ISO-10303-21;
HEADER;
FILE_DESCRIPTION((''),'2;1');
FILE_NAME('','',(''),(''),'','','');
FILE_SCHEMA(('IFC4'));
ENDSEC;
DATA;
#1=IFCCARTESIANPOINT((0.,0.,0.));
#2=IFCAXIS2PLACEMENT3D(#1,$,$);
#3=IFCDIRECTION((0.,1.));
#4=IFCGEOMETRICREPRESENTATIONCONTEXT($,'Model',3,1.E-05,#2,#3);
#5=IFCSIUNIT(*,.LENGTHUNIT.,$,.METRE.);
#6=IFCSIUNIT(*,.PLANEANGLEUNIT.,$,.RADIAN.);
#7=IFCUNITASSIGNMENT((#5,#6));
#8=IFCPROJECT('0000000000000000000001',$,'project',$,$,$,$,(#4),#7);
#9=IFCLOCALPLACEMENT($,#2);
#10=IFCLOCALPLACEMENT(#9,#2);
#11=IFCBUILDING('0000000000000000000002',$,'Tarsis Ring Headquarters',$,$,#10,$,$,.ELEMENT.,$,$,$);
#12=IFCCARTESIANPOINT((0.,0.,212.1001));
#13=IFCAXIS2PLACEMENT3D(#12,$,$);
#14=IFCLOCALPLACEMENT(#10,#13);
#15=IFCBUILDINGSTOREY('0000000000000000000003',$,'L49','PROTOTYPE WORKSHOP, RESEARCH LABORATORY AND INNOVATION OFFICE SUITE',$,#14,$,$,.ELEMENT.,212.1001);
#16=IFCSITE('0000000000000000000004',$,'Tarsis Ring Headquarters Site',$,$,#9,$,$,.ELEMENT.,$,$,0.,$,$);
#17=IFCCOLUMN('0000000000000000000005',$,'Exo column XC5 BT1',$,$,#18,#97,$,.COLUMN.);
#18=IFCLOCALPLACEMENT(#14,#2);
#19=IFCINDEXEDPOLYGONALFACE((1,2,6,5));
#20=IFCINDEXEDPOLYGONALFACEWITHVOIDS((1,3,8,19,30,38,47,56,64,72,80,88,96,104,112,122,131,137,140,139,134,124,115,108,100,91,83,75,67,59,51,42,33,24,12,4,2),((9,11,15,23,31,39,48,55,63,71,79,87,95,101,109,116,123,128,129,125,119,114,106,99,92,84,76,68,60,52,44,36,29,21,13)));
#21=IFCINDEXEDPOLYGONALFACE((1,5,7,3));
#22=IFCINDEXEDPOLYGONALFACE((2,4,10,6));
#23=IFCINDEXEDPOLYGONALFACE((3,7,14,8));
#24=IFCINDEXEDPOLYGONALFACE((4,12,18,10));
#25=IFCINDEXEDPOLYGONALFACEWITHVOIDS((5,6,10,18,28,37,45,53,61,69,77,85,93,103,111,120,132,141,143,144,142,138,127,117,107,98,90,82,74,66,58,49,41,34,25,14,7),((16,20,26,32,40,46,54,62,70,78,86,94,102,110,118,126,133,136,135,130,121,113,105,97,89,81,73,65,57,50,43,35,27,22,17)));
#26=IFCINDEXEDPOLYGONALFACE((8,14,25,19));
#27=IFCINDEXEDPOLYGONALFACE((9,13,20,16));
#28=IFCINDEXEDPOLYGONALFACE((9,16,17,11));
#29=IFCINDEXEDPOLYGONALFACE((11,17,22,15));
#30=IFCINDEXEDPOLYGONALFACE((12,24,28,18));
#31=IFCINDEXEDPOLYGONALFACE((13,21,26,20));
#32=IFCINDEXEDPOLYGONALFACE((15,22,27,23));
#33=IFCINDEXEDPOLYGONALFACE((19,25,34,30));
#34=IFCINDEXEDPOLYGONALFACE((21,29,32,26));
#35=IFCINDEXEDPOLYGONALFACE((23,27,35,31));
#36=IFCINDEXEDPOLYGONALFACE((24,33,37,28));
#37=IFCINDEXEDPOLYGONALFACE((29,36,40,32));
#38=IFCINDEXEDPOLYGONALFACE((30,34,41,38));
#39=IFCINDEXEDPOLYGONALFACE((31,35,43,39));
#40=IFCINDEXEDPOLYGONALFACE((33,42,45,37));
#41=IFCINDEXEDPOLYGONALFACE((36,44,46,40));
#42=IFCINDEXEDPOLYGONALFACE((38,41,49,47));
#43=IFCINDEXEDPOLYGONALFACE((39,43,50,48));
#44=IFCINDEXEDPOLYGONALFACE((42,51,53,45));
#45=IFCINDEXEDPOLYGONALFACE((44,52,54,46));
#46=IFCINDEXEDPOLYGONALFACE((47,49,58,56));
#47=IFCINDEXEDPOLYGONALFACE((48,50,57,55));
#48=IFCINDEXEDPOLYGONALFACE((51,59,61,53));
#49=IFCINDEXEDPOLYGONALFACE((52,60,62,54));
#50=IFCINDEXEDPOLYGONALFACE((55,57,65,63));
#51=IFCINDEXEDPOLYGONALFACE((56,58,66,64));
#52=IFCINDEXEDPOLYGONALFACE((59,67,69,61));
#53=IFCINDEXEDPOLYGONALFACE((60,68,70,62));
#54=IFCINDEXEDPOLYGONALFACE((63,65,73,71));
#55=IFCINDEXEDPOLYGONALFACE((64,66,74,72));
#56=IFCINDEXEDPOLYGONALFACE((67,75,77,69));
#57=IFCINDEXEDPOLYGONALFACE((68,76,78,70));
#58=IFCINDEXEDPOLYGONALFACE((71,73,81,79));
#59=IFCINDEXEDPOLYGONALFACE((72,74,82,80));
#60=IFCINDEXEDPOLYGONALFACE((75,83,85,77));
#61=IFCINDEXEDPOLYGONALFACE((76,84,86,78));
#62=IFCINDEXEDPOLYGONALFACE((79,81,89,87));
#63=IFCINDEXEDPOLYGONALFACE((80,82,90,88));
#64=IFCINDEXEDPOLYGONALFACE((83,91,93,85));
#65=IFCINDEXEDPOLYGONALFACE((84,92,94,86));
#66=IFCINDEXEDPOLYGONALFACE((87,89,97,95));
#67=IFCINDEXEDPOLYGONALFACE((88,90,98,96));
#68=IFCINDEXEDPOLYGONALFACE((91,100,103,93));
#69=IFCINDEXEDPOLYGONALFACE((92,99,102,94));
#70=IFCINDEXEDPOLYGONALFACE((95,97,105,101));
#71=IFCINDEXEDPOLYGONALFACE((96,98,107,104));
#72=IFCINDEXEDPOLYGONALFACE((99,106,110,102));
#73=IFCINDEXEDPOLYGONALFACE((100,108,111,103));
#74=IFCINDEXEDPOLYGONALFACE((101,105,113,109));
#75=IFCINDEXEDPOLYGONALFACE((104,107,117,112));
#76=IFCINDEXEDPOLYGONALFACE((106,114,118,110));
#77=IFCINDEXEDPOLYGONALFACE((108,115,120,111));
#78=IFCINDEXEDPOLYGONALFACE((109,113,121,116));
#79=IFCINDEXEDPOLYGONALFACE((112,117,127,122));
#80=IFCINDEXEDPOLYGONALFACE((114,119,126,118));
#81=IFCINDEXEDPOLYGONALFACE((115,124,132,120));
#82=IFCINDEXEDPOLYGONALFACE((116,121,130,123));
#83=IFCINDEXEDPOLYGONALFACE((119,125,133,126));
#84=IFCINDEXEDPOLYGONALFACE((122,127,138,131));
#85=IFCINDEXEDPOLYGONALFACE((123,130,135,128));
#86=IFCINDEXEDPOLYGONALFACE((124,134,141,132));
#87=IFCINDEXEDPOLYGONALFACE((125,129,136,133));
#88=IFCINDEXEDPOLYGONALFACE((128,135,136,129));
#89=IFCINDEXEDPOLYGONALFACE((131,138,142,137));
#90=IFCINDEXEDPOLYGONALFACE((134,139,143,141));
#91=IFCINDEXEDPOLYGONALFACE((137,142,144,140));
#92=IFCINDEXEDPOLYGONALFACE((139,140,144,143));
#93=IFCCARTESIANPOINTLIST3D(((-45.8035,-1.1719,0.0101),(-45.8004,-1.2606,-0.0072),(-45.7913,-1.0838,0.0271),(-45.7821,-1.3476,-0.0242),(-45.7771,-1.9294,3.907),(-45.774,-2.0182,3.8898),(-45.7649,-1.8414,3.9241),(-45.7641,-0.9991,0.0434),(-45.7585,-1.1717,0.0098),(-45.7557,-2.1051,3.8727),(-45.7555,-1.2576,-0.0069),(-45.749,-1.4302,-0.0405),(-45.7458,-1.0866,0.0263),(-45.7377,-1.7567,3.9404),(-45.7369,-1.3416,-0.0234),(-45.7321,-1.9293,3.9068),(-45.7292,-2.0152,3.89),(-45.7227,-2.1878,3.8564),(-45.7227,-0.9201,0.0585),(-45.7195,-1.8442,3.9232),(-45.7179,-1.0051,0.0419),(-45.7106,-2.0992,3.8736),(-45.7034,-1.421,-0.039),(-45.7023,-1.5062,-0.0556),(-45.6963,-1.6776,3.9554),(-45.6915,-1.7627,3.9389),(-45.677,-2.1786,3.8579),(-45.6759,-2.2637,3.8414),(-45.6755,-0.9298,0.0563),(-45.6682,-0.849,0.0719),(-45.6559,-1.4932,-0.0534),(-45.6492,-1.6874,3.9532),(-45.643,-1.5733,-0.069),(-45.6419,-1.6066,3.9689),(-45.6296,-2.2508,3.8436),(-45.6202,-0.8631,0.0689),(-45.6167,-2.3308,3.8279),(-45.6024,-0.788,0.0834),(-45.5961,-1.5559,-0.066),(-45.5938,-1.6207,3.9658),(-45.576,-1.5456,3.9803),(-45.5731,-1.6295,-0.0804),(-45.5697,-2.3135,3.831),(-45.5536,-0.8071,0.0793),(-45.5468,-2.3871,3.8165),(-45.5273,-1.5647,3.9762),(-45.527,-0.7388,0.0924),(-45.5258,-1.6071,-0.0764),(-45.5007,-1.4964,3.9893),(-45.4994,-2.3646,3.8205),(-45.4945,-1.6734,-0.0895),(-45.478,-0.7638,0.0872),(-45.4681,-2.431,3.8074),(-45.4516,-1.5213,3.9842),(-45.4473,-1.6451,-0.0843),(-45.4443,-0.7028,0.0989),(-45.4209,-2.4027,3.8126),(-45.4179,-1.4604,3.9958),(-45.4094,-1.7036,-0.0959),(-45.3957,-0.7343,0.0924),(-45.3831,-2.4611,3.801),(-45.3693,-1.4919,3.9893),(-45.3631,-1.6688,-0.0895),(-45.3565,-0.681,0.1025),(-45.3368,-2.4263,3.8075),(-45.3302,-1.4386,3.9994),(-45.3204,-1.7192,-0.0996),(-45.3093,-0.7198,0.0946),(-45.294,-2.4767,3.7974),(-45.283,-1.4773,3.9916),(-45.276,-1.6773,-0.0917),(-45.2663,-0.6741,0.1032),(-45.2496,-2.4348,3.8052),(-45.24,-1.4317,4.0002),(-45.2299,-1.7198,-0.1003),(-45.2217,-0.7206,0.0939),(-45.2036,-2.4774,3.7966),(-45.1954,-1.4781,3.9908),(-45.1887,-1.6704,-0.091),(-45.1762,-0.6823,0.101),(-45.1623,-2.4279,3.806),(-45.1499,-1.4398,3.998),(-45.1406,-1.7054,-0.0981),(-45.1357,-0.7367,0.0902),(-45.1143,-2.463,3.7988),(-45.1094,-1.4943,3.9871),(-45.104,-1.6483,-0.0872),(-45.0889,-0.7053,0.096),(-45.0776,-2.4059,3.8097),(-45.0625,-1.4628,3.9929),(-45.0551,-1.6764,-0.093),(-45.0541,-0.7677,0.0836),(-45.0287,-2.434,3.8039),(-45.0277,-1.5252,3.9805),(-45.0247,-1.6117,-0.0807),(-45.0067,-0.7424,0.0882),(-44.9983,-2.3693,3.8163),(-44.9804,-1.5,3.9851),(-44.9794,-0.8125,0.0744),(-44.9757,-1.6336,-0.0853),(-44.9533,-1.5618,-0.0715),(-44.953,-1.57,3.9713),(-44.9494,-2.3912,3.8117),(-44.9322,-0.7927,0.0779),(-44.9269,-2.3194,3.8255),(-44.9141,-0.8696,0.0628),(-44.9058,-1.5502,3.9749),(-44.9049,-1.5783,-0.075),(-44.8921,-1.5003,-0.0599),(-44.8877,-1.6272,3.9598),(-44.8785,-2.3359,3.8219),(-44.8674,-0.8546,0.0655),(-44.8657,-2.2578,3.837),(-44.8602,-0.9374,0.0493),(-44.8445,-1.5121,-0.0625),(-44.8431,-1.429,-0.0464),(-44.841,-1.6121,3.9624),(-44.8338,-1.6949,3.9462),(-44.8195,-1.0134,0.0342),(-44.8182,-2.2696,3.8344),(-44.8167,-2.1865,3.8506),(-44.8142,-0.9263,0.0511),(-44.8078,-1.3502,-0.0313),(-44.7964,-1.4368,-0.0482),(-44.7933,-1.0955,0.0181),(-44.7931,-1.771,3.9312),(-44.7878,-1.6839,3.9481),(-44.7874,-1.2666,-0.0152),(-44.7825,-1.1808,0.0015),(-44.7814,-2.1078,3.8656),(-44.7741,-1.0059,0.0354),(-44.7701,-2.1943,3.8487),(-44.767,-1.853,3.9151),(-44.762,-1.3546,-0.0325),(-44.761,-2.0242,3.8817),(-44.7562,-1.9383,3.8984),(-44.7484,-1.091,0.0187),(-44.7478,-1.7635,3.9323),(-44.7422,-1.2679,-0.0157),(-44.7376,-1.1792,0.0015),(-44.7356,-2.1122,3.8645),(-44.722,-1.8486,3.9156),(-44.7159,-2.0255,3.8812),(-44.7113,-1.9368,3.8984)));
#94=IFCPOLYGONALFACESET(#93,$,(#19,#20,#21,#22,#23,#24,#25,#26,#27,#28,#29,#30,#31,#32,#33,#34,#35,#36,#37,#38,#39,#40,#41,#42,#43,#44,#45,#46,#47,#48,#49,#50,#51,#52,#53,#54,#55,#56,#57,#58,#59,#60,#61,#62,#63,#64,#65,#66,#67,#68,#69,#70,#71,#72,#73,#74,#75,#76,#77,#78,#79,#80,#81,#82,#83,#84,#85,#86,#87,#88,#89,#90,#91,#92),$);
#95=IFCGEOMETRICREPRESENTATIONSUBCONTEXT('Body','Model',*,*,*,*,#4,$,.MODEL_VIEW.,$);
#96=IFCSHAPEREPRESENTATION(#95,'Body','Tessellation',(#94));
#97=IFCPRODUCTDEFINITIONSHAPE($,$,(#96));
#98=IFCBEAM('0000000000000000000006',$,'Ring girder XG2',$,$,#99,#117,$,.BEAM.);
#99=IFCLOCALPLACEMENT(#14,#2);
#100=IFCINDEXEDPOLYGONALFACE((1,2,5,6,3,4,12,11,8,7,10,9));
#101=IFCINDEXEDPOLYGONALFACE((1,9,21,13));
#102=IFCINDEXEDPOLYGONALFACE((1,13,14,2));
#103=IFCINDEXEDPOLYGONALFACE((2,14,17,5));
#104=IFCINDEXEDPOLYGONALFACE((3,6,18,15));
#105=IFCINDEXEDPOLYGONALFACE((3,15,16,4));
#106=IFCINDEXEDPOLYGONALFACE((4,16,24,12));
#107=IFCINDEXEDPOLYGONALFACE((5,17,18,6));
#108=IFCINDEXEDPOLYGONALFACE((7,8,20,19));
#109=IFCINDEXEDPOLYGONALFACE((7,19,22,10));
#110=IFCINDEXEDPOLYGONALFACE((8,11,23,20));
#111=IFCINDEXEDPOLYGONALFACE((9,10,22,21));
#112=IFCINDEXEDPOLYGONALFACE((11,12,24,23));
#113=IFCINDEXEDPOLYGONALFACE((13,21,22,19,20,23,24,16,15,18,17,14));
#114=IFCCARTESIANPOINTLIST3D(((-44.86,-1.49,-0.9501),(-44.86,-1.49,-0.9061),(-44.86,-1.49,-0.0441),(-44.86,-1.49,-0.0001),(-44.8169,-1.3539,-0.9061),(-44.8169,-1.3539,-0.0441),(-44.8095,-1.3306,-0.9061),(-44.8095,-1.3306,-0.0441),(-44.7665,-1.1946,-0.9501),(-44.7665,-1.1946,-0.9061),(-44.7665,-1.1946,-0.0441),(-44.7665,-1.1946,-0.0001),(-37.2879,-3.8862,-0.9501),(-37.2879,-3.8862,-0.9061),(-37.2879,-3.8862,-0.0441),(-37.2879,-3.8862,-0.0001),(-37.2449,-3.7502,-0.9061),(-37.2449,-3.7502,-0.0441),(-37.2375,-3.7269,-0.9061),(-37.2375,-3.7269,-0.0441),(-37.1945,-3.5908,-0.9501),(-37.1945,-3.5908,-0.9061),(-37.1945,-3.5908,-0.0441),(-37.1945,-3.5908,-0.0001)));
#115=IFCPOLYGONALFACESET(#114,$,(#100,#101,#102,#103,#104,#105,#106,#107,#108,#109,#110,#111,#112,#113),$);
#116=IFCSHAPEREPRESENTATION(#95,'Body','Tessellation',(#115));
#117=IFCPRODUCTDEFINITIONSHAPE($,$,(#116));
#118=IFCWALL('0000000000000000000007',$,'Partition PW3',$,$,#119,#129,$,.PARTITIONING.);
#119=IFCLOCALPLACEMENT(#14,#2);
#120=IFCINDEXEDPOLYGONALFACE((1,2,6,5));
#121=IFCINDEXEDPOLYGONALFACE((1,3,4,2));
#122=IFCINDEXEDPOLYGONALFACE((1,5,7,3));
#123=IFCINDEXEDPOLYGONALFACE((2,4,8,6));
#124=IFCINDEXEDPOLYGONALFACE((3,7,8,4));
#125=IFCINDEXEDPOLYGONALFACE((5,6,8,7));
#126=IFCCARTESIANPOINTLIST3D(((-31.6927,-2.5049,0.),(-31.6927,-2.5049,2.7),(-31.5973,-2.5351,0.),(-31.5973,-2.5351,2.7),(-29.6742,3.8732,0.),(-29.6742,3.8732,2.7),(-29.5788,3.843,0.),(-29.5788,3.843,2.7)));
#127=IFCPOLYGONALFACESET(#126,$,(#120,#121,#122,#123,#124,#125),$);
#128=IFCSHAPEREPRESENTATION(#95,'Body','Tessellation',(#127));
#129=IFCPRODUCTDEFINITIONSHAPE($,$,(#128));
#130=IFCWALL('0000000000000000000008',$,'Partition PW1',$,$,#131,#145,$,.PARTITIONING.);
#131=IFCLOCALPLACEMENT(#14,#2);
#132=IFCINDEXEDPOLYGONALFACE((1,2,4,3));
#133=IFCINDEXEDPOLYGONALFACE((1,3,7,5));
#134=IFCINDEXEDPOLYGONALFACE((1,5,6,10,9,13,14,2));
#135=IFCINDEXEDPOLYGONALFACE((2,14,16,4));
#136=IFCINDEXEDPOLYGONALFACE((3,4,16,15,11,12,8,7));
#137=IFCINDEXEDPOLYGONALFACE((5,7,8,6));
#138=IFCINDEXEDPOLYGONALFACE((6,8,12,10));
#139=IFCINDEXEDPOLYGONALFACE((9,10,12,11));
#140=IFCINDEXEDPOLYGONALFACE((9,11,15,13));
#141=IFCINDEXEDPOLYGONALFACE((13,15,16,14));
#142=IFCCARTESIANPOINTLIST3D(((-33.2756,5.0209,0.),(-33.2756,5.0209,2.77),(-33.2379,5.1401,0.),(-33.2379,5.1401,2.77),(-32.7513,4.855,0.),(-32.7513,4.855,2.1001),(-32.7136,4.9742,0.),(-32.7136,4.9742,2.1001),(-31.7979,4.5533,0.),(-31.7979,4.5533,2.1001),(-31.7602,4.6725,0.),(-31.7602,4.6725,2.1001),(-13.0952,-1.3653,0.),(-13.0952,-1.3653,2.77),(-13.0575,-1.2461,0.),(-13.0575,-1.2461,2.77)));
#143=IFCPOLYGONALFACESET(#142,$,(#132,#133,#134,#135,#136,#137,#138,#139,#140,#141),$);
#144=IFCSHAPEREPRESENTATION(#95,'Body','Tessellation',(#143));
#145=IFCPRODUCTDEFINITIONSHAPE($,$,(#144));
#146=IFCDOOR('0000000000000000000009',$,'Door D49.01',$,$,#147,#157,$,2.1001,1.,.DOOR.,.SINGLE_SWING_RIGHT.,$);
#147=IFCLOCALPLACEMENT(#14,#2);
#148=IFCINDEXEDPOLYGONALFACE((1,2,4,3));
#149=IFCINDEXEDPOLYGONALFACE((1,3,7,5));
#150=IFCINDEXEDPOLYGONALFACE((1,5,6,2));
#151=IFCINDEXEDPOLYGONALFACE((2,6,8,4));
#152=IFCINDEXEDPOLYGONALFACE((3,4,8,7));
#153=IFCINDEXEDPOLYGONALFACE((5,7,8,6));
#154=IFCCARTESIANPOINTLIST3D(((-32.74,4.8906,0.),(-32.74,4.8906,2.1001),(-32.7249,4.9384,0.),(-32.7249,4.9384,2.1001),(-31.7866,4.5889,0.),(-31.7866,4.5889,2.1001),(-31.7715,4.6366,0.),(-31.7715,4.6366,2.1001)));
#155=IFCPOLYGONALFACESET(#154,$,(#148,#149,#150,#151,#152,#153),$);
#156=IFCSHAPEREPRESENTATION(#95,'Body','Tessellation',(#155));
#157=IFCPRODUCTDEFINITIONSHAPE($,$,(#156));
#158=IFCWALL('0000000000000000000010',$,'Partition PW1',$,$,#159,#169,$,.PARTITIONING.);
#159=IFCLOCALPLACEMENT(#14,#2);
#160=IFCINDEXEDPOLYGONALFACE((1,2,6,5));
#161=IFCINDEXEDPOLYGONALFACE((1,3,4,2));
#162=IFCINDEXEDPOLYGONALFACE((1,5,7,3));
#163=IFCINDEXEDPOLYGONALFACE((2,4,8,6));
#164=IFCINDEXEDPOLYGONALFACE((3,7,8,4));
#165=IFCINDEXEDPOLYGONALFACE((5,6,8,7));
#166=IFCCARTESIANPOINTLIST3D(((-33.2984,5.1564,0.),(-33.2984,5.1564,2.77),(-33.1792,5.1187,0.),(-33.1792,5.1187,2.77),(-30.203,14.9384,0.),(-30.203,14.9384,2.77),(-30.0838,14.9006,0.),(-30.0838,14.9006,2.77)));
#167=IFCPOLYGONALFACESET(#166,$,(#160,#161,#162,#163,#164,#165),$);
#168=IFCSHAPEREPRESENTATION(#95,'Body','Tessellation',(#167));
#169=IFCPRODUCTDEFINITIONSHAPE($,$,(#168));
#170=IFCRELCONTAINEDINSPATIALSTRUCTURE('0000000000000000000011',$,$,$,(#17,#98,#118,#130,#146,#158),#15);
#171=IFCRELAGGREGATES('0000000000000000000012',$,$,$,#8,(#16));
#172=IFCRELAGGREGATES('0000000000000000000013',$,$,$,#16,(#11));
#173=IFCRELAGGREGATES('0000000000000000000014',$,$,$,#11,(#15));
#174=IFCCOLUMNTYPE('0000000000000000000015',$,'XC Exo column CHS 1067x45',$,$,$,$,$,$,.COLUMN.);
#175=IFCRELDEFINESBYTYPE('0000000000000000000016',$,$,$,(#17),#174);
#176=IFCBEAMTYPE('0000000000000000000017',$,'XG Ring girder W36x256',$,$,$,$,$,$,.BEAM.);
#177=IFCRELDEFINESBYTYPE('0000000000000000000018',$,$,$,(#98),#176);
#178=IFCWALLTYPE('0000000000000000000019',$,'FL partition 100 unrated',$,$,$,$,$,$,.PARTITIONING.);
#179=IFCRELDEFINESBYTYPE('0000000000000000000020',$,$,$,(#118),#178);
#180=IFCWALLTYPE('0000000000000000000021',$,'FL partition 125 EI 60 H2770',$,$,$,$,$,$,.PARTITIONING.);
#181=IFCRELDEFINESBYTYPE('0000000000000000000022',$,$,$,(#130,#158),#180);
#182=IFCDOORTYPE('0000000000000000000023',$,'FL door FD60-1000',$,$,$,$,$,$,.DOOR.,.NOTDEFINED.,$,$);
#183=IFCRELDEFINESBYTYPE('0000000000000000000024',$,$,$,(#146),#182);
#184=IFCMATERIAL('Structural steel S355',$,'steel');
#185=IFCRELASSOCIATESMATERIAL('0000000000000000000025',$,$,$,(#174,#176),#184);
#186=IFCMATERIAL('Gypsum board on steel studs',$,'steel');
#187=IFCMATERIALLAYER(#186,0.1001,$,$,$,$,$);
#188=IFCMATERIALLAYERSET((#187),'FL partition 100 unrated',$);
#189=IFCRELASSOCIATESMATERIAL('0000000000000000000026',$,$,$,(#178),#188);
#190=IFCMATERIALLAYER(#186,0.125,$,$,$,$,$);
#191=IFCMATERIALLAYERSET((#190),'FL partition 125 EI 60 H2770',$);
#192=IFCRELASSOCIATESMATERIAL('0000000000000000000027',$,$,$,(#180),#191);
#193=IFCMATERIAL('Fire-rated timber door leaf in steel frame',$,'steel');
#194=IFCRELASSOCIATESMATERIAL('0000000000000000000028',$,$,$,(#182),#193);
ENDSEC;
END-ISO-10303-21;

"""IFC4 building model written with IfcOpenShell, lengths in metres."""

from ifc_helpers import new_model, si_unit, direction, frame, frame_2d, origin, origin_2d, place, context, subcontext, project, spatial, rectangle, hollow_circle, i_section, extrude, material, layer, layer_set, material_profile, profile_set, type_object, element, fill, save


model = new_model("IFC4")

# Units and contexts
model_context = context("Model", 3, precision=1e-05, world=origin(), true_north=direction((0.0, 1.0)))
body_context = subcontext(model_context, "Body", "Model", "MODEL_VIEW")
ifc_project = project(units=[si_unit("LENGTHUNIT", "METRE"), si_unit("PLANEANGLEUNIT", "RADIAN")], contexts=[model_context])

# Site, building, storey
site_placement = place(None, origin())
site = spatial("IfcSite", under=ifc_project, at=site_placement, Name="Tarsis Ring Headquarters Site", CompositionType="ELEMENT", RefElevation=0.0)
building_placement = place(site_placement, origin())
building = spatial("IfcBuilding", under=site, at=building_placement, Name="Tarsis Ring Headquarters", CompositionType="ELEMENT")
storey_placement = place(building_placement, frame((0.0, 0.0, 212.1001)))
storey = spatial("IfcBuildingStorey", under=building, at=storey_placement, Name="L49", Description="PROTOTYPE WORKSHOP, RESEARCH LABORATORY AND INNOVATION OFFICE SUITE", CompositionType="ELEMENT", Elevation=212.1001)

# Column
ifc_material_1 = material(Name="Structural steel S355", Category="steel")
ifc_material_profile_1 = material_profile(ifc_material_1, hollow_circle(Radius=0.5334, WallThickness=0.0449, at=origin_2d()), Name="CHS 1067x45")
ifc_profile_set_1 = profile_set([ifc_material_profile_1], Name="Structural steel S355")
column_type = type_object("IfcColumnType", Name="XC Exo column CHS 1067x45", PredefinedType="COLUMN", material=ifc_profile_set_1)
column_placement = place(storey_placement, frame((-45.2708, -1.1978, 0.0015), z_axis=(0.006642, -0.190823, 0.981602), x_axis=(0.999395, 0.034784, 0.0)))
element("IfcColumn", 1, at=column_placement, inside=storey, type_object=column_type, Name="Exo column XC5 BT1", PredefinedType="COLUMN", context=body_context, shape_type="SweptSolid", body=[
    extrude(hollow_circle(Radius=0.5334, WallThickness=0.0449, at=origin_2d()), origin(), (0.0, 0.0, 1.0), 3.97),
])

# Beam
ifc_material_profile_2 = material_profile(ifc_material_1, i_section(OverallWidth=0.3098, OverallDepth=0.95, WebThickness=0.0244, FlangeThickness=0.0439, at=origin_2d()), Name="W36x256")
ifc_profile_set_2 = profile_set([ifc_material_profile_2], Name="Structural steel S355")
beam_type = type_object("IfcBeamType", Name="XG Ring girder W36x256", PredefinedType="BEAM", material=ifc_profile_set_2)
beam_placement = place(storey_placement, frame((-44.8132, -1.3423, -0.4751), z_axis=(0.953399, -0.301712, 0.0), x_axis=(0.301712, 0.953399, 0.0)))
element("IfcBeam", 2, at=beam_placement, inside=storey, type_object=beam_type, Name="Ring girder XG2", PredefinedType="BEAM", context=body_context, shape_type="SweptSolid", body=[
    extrude(i_section(OverallWidth=0.3098, OverallDepth=0.95, WebThickness=0.0244, FlangeThickness=0.0439, at=origin_2d()), origin(), (0.0, 0.0, 1.0), 7.9421),
])

# Wall
ifc_material_2 = material(Name="Gypsum board on steel studs", Category="steel")
ifc_layer_1 = layer(ifc_material_2, 0.1001)
ifc_layer_set_1 = layer_set([ifc_layer_1], Name="FL partition 100 unrated")
wall_type_1 = type_object("IfcWallType", Name="FL partition 100 unrated", PredefinedType="PARTITIONING", material=ifc_layer_set_1)
wall_1_placement = place(storey_placement, frame((-31.645, -2.52, 0.0), z_axis=(0.0, 0.0, 1.0), x_axis=(0.301729, 0.953394, 0.0)))
element("IfcWall", 3, at=wall_1_placement, inside=storey, type_object=wall_type_1, Name="Partition PW3", PredefinedType="PARTITIONING", context=body_context, shape_type="SweptSolid", body=[
    extrude(rectangle(XDim=6.6899, YDim=0.1001, at=frame_2d((3.345, 0.0))), origin(), (0.0, 0.0, 1.0), 2.7),
])

# Wall, opening, door
ifc_layer_2 = layer(ifc_material_2, 0.125)
ifc_layer_set_2 = layer_set([ifc_layer_2], Name="FL partition 125 EI 60 H2770")
wall_type_2 = type_object("IfcWallType", Name="FL partition 125 EI 60 H2770", PredefinedType="PARTITIONING", material=ifc_layer_set_2)
wall_2_placement = place(storey_placement, frame((-33.2568, 5.0806, 0.0), z_axis=(0.0, 0.0, 1.0), x_axis=(0.9534, -0.30171, 0.0)))
wall_2 = element("IfcWall", 4, at=wall_2_placement, inside=storey, type_object=wall_type_2, Name="Partition PW1", PredefinedType="PARTITIONING", context=body_context, shape_type="SweptSolid", body=[
    extrude(rectangle(XDim=21.1667, YDim=0.125, at=frame_2d((10.5835, 0.0))), origin(), (0.0, 0.0, 1.0), 2.77),
])
opening_1_placement = place(wall_2_placement, frame((0.55, 0.0, 0.0)))
opening_1 = element("IfcOpeningElement", 5, at=opening_1_placement, cuts=wall_2, PredefinedType="OPENING", context=body_context, shape_type="SweptSolid", body=[
    extrude(rectangle(XDim=1.0, YDim=2.1001, at=frame_2d((0.5, 1.05))), frame((0.0, 0.0725, 0.0), z_axis=(0.0, -1.0, 0.0), x_axis=(1.0, 0.0, 0.0)), (0.0, 0.0, 1.0), 0.145),
])
ifc_material_3 = material(Name="Fire-rated timber door leaf in steel frame", Category="steel")
door_type = type_object("IfcDoorType", Name="FL door FD60-1000", OperationType="NOTDEFINED", PredefinedType="DOOR", material=ifc_material_3)
door_placement = place(opening_1_placement, origin())
door = element("IfcDoor", 6, at=door_placement, inside=storey, type_object=door_type, Name="Door D49.01", OperationType="SINGLE_SWING_RIGHT", OverallHeight=2.1001, OverallWidth=1.0, PredefinedType="DOOR", context=body_context, shape_type="SweptSolid", body=[
    extrude(rectangle(XDim=1.0, YDim=2.1001, at=frame_2d((0.5, 1.05))), frame((0.0, 0.0249, 0.0), z_axis=(0.0, -1.0, 0.0), x_axis=(1.0, 0.0, 0.0)), (0.0, 0.0, 1.0), 0.05),
])
fill(opening_1, door)

# Wall
wall_3_placement = place(storey_placement, frame((-33.2388, 5.1377, 0.0), z_axis=(0.0, 0.0, 1.0), x_axis=(0.3017, 0.953403, 0.0)))
element("IfcWall", 7, at=wall_3_placement, inside=storey, type_object=wall_type_2, Name="Partition PW1", PredefinedType="PARTITIONING", context=body_context, shape_type="SweptSolid", body=[
    extrude(rectangle(XDim=10.26, YDim=0.125, at=frame_2d((5.1299, 0.0))), origin(), (0.0, 0.0, 1.0), 2.77),
])

save(model, "model.ifc")
